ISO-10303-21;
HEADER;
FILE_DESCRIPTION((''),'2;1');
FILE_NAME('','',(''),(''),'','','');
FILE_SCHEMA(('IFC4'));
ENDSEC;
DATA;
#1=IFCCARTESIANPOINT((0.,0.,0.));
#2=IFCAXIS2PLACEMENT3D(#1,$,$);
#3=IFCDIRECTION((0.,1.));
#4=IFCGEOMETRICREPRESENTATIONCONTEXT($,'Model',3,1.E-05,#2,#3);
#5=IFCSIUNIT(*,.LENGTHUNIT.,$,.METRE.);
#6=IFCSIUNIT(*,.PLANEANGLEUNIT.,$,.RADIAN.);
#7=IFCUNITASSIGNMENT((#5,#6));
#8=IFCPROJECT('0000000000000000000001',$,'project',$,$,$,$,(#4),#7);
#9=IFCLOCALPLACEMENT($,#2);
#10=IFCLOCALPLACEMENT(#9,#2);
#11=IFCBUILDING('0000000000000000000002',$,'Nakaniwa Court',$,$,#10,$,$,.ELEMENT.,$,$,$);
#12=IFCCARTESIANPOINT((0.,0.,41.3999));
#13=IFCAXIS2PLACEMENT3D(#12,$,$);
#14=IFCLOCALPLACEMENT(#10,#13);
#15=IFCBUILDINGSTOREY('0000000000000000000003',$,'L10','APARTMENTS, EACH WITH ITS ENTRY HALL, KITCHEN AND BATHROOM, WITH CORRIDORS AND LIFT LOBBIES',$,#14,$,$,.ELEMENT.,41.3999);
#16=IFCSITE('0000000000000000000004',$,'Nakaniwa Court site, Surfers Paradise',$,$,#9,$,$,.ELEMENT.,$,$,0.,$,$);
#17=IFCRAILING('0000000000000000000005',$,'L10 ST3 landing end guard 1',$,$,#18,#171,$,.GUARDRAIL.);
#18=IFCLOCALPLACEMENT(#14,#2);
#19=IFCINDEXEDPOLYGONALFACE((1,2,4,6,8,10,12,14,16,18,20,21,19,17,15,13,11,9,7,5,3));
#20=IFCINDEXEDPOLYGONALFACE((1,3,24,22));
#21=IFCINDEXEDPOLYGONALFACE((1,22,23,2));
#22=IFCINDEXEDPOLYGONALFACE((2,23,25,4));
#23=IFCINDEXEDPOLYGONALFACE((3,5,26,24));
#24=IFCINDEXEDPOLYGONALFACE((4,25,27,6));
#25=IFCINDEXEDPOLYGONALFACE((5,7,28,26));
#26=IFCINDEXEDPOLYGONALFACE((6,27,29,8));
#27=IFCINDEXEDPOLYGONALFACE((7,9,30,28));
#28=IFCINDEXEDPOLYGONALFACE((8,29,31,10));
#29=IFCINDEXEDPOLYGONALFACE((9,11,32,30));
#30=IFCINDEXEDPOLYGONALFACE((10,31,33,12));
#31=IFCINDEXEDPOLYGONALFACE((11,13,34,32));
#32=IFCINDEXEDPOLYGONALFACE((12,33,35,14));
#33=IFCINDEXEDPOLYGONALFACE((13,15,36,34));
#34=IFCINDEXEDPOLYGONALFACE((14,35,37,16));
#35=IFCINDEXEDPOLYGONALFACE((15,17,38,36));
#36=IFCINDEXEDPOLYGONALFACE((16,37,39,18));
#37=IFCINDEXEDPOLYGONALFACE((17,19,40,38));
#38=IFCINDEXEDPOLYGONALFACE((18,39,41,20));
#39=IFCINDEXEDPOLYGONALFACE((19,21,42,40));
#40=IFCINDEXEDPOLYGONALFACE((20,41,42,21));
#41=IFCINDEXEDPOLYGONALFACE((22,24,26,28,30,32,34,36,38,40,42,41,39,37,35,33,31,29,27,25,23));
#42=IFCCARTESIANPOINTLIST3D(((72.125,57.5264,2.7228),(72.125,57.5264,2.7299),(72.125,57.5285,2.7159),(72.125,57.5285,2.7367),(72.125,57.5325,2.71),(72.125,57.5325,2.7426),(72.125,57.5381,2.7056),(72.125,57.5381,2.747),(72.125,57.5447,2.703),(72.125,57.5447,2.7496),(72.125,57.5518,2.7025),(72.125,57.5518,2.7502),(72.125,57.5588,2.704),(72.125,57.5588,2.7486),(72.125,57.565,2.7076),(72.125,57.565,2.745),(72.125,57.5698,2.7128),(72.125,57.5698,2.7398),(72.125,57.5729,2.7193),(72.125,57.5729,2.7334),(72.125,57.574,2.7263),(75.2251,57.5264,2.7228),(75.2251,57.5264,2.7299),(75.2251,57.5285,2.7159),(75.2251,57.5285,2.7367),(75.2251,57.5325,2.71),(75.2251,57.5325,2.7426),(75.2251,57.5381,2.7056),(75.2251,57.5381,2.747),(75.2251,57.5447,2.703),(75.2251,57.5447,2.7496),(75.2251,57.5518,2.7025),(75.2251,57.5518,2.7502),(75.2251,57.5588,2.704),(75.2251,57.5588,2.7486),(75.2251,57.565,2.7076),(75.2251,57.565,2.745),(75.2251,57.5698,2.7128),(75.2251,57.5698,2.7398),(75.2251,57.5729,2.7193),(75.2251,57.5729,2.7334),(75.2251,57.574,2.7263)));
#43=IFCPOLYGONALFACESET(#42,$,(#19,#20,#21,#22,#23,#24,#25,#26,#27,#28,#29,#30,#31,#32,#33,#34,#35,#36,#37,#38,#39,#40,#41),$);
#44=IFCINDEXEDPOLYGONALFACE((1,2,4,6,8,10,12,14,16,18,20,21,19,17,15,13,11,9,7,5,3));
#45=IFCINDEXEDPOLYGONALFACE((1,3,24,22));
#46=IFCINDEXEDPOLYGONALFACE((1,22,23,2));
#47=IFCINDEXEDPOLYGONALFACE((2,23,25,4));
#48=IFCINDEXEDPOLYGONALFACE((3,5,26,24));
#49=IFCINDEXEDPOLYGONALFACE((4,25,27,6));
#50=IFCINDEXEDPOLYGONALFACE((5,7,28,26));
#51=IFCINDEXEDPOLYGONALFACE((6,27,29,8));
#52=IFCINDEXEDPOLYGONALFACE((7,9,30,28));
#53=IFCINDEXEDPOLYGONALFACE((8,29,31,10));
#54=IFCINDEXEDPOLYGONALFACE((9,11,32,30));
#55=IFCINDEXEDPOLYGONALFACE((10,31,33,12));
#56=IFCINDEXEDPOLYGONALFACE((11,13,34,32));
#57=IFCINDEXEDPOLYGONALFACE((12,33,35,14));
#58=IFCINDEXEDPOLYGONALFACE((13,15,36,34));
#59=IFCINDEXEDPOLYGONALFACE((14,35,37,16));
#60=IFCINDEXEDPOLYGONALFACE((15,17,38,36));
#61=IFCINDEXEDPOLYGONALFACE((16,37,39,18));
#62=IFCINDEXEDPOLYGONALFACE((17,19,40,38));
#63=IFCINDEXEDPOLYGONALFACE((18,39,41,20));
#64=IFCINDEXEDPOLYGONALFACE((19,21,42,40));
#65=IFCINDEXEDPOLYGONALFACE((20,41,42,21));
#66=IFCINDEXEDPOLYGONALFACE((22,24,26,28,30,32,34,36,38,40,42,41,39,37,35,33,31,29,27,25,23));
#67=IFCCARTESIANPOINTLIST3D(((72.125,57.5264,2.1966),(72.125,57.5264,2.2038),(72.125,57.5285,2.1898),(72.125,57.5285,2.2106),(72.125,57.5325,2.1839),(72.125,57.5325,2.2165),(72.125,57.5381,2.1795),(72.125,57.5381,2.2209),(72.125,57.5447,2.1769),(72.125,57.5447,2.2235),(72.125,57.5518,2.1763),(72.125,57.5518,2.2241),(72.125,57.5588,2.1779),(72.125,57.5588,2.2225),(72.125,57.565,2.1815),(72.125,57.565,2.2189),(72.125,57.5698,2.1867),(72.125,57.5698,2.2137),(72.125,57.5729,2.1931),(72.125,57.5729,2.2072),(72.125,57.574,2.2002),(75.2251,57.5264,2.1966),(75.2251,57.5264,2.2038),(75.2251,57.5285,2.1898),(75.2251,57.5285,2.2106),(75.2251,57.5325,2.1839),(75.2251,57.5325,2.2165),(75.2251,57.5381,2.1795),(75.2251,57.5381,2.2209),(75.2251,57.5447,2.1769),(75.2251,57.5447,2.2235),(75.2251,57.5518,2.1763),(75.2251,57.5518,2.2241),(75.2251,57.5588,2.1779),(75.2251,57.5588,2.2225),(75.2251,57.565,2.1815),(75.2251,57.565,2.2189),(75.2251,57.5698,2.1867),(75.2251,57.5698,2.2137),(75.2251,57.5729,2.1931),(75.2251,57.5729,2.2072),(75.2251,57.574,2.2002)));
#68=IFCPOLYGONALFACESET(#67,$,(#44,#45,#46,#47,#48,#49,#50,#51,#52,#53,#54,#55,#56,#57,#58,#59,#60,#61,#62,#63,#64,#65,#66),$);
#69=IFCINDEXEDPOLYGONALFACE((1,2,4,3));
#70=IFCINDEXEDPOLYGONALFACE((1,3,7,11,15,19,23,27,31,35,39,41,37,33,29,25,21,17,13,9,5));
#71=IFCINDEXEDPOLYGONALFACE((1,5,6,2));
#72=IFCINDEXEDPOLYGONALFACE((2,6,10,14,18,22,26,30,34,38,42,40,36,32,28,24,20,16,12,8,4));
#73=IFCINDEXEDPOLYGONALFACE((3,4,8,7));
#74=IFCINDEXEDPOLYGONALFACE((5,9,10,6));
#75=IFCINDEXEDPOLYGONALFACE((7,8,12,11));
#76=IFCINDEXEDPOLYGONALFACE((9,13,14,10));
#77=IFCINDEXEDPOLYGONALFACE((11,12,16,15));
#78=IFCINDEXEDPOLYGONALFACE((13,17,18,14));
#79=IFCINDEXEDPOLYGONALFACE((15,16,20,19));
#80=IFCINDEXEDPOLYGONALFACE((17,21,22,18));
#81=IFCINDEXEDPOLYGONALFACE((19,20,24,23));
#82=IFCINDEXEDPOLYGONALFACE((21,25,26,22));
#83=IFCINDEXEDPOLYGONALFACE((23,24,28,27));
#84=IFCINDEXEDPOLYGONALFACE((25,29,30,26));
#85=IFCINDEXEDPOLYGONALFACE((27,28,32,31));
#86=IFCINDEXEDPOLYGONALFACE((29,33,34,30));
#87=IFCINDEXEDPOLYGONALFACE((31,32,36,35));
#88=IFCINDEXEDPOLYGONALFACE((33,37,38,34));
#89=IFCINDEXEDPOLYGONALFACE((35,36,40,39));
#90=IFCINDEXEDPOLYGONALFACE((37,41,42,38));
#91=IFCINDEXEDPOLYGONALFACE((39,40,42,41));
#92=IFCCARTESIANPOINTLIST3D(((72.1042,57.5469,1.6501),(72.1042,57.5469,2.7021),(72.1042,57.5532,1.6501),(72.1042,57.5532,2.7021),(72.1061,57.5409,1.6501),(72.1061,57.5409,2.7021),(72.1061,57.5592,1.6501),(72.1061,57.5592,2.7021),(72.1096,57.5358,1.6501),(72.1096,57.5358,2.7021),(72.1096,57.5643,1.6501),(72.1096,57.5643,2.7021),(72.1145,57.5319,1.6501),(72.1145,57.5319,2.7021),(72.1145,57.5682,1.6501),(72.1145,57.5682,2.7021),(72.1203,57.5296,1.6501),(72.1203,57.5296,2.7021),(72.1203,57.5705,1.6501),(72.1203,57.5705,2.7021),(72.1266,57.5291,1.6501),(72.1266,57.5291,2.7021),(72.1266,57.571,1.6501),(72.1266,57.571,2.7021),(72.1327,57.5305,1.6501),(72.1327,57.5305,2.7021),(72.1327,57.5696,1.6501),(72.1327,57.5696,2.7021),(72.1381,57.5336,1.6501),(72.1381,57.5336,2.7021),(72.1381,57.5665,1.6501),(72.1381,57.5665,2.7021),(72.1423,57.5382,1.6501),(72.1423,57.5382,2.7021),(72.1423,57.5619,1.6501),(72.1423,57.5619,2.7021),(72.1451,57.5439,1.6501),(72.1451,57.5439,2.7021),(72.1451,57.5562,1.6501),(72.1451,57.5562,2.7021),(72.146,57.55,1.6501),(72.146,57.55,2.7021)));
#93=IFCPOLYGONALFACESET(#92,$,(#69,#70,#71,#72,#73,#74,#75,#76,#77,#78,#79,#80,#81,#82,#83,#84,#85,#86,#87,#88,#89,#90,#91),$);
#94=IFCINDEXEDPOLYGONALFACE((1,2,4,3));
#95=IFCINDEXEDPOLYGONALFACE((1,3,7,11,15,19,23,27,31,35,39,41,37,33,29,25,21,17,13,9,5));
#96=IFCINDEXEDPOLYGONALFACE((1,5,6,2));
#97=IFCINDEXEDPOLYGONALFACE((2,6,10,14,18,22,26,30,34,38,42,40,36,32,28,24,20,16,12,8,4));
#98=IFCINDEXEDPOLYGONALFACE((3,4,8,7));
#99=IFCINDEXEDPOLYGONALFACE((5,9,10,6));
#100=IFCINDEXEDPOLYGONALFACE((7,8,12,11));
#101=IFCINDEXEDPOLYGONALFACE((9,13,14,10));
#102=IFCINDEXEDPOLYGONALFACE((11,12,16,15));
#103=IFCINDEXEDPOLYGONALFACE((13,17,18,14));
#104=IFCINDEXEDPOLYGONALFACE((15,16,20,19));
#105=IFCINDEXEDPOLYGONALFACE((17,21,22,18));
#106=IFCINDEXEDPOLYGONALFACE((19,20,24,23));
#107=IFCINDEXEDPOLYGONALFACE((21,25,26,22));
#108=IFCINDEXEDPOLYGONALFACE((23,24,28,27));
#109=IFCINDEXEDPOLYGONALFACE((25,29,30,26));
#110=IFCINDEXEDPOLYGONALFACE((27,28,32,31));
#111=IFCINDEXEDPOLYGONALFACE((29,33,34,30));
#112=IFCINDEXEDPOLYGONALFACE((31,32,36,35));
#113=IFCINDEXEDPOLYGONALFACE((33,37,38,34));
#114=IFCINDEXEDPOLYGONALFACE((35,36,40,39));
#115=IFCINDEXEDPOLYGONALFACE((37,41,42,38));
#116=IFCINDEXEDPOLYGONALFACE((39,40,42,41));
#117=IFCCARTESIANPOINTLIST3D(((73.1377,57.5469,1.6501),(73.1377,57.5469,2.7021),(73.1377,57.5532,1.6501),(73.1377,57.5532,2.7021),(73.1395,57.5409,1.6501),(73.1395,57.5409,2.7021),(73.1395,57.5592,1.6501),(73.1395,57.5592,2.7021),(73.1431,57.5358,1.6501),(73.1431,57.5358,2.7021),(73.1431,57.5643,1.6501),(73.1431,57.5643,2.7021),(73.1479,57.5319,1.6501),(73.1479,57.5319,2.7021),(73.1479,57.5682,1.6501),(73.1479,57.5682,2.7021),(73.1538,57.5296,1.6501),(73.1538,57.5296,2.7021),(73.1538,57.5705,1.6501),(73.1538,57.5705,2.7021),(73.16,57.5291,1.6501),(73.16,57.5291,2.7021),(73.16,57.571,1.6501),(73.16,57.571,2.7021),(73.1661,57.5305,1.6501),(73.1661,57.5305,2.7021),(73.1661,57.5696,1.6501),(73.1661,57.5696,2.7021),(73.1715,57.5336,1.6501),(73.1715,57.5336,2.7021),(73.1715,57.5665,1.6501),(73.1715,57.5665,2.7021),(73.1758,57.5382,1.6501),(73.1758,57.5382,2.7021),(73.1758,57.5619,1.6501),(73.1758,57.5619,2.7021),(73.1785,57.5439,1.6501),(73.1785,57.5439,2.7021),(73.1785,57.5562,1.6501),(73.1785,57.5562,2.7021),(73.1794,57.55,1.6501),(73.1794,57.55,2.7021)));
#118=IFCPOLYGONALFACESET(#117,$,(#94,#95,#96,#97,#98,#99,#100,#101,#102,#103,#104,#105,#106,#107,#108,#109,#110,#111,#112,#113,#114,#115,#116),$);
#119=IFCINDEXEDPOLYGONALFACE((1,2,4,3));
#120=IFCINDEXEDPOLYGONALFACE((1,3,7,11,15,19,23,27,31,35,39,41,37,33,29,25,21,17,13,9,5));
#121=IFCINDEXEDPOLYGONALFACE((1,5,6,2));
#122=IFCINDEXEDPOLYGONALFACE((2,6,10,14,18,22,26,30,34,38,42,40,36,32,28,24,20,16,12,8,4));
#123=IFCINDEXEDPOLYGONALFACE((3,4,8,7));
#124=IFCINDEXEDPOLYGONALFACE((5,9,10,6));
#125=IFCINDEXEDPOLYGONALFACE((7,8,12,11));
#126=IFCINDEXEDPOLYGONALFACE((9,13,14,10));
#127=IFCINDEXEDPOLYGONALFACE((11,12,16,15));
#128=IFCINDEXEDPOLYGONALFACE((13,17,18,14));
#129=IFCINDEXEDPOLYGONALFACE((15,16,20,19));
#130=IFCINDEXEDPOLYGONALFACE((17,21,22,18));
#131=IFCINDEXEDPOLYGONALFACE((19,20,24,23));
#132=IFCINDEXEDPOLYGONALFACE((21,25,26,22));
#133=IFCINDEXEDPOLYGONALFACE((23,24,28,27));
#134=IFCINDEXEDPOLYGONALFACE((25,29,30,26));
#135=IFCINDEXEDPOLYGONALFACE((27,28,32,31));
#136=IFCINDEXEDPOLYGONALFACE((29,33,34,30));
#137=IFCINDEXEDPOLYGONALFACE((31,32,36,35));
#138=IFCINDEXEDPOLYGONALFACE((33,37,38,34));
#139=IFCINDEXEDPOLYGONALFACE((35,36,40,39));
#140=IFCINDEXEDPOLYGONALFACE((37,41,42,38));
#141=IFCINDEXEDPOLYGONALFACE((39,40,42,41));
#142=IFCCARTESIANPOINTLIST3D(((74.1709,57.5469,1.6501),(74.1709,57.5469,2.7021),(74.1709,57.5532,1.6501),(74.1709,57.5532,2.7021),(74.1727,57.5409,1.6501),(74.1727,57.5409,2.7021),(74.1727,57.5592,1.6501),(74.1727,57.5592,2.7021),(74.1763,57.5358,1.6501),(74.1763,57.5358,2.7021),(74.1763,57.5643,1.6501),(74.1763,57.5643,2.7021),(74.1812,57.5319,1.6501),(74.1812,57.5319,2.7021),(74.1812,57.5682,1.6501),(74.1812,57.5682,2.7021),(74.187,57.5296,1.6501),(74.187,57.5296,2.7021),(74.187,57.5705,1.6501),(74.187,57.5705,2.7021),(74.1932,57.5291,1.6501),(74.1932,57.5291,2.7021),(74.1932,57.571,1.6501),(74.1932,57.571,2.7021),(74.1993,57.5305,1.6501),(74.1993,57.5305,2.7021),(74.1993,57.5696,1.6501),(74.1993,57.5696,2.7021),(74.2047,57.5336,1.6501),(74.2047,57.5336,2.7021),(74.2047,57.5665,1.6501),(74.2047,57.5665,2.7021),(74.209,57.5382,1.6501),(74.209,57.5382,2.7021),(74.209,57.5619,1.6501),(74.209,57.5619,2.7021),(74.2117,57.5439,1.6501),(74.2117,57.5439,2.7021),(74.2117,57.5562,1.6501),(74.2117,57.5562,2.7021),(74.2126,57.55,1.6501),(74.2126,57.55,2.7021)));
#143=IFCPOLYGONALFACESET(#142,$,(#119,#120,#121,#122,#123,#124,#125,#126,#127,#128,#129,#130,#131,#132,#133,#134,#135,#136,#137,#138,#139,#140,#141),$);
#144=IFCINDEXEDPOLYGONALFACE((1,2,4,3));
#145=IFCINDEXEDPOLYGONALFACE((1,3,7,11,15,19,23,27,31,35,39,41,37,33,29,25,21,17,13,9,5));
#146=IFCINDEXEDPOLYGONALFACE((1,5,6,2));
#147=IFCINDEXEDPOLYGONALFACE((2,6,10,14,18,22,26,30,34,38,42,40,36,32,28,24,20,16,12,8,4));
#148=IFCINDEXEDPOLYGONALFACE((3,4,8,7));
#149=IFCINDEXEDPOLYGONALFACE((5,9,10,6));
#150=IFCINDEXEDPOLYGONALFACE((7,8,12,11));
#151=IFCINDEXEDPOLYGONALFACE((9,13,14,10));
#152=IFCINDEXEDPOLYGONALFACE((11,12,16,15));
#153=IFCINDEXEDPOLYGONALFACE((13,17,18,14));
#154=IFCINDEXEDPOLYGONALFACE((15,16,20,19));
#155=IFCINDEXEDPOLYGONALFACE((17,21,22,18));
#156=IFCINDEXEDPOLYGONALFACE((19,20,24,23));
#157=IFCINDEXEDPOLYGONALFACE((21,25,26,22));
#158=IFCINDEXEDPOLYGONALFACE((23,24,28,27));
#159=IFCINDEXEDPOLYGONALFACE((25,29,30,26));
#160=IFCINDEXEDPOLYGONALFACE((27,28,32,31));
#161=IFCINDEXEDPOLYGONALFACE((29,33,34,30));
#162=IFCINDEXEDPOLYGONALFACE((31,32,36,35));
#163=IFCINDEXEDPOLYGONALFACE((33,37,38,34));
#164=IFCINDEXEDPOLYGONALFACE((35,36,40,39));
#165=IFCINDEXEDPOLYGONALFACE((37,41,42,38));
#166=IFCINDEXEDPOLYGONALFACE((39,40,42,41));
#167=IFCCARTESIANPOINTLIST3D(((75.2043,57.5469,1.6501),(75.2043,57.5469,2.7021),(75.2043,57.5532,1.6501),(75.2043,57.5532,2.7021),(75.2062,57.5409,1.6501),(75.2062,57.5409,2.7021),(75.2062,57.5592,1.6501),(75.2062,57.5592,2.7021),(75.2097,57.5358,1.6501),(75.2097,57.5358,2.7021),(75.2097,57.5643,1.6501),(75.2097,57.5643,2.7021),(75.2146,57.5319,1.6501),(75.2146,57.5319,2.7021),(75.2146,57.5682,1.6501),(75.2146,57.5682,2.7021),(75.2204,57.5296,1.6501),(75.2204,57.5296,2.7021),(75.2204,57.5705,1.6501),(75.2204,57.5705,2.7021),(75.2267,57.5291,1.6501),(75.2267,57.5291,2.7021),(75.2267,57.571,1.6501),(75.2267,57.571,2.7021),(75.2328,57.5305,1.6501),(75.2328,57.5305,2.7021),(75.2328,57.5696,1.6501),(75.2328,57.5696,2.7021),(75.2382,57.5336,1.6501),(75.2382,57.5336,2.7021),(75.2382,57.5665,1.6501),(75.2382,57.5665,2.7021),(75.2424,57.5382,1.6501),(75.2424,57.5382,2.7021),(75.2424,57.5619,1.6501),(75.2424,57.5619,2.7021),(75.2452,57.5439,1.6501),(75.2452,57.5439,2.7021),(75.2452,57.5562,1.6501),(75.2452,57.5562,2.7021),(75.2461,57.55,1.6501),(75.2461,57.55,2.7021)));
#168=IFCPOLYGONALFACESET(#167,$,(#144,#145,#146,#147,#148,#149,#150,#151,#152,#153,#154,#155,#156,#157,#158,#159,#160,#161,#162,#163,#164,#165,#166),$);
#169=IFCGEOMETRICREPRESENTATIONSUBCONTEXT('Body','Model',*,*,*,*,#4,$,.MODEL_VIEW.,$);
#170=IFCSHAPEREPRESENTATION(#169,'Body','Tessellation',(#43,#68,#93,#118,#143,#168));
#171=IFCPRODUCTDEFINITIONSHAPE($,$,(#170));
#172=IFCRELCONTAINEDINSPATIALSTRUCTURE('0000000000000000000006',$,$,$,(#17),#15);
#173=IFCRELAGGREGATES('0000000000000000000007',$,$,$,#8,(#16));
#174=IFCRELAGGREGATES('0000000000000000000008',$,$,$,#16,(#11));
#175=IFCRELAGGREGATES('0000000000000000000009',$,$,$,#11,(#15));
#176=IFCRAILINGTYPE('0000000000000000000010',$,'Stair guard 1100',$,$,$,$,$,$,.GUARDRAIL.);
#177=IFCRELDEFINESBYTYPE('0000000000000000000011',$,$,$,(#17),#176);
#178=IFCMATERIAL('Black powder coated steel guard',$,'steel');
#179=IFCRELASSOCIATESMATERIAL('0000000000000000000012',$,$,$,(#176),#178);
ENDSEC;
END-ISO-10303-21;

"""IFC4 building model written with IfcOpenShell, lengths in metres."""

from ifc_helpers import new_model, si_unit, direction, frame, origin, origin_2d, place, context, subcontext, project, spatial, circle, extrude, material, type_object, element, save


model = new_model("IFC4")

# Units and contexts
model_context = context("Model", 3, precision=1e-05, world=origin(), true_north=direction((0.0, 1.0)))
body_context = subcontext(model_context, "Body", "Model", "MODEL_VIEW")
ifc_project = project(units=[si_unit("LENGTHUNIT", "METRE"), si_unit("PLANEANGLEUNIT", "RADIAN")], contexts=[model_context])

# Site, building, storey
site_placement = place(None, origin())
site = spatial("IfcSite", under=ifc_project, at=site_placement, Name="Nakaniwa Court site, Surfers Paradise", CompositionType="ELEMENT", RefElevation=0.0)
building_placement = place(site_placement, origin())
building = spatial("IfcBuilding", under=site, at=building_placement, Name="Nakaniwa Court", CompositionType="ELEMENT")
storey_placement = place(building_placement, frame((0.0, 0.0, 41.3999)))
storey = spatial("IfcBuildingStorey", under=building, at=storey_placement, Name="L10", Description="APARTMENTS, EACH WITH ITS ENTRY HALL, KITCHEN AND BATHROOM, WITH CORRIDORS AND LIFT LOBBIES", CompositionType="ELEMENT", Elevation=41.3999)

# Railing
ifc_material_1 = material(Name="Black powder coated steel guard", Category="steel")
railing_type_1 = type_object("IfcRailingType", Name="Stair guard 1100", PredefinedType="GUARDRAIL", material=ifc_material_1)
railing_1_placement = place(storey_placement, frame((72.125, 57.55, 1.6501)))
element("IfcRailing", 1, at=railing_1_placement, inside=storey, type_object=railing_type_1, Name="L10 ST3 landing end guard 1", PredefinedType="GUARDRAIL", context=body_context, shape_type="SweptSolid", body=[
    extrude(circle(Radius=0.0239, at=origin_2d()), frame((0.0, 0.0, 1.0762), z_axis=(1.0, 0.0, 0.0), x_axis=(0.0, 1.0, 0.0)), (0.0, 0.0, 1.0), 3.1001),
    extrude(circle(Radius=0.0239, at=origin_2d()), frame((0.0, 0.0, 0.55), z_axis=(1.0, 0.0, 0.0), x_axis=(0.0, 1.0, 0.0)), (0.0, 0.0, 1.0), 3.1001),
    extrude(circle(Radius=0.021, at=origin_2d()), origin(), (0.0, 0.0, 1.0), 1.052),
    extrude(circle(Radius=0.021, at=origin_2d()), frame((1.0334, 0.0, 0.0)), (0.0, 0.0, 1.0), 1.052),
    extrude(circle(Radius=0.021, at=origin_2d()), frame((2.0667, 0.0, 0.0)), (0.0, 0.0, 1.0), 1.052),
    extrude(circle(Radius=0.021, at=origin_2d()), frame((3.1001, 0.0, 0.0)), (0.0, 0.0, 1.0), 1.052),
])

save(model, "model.ifc")
